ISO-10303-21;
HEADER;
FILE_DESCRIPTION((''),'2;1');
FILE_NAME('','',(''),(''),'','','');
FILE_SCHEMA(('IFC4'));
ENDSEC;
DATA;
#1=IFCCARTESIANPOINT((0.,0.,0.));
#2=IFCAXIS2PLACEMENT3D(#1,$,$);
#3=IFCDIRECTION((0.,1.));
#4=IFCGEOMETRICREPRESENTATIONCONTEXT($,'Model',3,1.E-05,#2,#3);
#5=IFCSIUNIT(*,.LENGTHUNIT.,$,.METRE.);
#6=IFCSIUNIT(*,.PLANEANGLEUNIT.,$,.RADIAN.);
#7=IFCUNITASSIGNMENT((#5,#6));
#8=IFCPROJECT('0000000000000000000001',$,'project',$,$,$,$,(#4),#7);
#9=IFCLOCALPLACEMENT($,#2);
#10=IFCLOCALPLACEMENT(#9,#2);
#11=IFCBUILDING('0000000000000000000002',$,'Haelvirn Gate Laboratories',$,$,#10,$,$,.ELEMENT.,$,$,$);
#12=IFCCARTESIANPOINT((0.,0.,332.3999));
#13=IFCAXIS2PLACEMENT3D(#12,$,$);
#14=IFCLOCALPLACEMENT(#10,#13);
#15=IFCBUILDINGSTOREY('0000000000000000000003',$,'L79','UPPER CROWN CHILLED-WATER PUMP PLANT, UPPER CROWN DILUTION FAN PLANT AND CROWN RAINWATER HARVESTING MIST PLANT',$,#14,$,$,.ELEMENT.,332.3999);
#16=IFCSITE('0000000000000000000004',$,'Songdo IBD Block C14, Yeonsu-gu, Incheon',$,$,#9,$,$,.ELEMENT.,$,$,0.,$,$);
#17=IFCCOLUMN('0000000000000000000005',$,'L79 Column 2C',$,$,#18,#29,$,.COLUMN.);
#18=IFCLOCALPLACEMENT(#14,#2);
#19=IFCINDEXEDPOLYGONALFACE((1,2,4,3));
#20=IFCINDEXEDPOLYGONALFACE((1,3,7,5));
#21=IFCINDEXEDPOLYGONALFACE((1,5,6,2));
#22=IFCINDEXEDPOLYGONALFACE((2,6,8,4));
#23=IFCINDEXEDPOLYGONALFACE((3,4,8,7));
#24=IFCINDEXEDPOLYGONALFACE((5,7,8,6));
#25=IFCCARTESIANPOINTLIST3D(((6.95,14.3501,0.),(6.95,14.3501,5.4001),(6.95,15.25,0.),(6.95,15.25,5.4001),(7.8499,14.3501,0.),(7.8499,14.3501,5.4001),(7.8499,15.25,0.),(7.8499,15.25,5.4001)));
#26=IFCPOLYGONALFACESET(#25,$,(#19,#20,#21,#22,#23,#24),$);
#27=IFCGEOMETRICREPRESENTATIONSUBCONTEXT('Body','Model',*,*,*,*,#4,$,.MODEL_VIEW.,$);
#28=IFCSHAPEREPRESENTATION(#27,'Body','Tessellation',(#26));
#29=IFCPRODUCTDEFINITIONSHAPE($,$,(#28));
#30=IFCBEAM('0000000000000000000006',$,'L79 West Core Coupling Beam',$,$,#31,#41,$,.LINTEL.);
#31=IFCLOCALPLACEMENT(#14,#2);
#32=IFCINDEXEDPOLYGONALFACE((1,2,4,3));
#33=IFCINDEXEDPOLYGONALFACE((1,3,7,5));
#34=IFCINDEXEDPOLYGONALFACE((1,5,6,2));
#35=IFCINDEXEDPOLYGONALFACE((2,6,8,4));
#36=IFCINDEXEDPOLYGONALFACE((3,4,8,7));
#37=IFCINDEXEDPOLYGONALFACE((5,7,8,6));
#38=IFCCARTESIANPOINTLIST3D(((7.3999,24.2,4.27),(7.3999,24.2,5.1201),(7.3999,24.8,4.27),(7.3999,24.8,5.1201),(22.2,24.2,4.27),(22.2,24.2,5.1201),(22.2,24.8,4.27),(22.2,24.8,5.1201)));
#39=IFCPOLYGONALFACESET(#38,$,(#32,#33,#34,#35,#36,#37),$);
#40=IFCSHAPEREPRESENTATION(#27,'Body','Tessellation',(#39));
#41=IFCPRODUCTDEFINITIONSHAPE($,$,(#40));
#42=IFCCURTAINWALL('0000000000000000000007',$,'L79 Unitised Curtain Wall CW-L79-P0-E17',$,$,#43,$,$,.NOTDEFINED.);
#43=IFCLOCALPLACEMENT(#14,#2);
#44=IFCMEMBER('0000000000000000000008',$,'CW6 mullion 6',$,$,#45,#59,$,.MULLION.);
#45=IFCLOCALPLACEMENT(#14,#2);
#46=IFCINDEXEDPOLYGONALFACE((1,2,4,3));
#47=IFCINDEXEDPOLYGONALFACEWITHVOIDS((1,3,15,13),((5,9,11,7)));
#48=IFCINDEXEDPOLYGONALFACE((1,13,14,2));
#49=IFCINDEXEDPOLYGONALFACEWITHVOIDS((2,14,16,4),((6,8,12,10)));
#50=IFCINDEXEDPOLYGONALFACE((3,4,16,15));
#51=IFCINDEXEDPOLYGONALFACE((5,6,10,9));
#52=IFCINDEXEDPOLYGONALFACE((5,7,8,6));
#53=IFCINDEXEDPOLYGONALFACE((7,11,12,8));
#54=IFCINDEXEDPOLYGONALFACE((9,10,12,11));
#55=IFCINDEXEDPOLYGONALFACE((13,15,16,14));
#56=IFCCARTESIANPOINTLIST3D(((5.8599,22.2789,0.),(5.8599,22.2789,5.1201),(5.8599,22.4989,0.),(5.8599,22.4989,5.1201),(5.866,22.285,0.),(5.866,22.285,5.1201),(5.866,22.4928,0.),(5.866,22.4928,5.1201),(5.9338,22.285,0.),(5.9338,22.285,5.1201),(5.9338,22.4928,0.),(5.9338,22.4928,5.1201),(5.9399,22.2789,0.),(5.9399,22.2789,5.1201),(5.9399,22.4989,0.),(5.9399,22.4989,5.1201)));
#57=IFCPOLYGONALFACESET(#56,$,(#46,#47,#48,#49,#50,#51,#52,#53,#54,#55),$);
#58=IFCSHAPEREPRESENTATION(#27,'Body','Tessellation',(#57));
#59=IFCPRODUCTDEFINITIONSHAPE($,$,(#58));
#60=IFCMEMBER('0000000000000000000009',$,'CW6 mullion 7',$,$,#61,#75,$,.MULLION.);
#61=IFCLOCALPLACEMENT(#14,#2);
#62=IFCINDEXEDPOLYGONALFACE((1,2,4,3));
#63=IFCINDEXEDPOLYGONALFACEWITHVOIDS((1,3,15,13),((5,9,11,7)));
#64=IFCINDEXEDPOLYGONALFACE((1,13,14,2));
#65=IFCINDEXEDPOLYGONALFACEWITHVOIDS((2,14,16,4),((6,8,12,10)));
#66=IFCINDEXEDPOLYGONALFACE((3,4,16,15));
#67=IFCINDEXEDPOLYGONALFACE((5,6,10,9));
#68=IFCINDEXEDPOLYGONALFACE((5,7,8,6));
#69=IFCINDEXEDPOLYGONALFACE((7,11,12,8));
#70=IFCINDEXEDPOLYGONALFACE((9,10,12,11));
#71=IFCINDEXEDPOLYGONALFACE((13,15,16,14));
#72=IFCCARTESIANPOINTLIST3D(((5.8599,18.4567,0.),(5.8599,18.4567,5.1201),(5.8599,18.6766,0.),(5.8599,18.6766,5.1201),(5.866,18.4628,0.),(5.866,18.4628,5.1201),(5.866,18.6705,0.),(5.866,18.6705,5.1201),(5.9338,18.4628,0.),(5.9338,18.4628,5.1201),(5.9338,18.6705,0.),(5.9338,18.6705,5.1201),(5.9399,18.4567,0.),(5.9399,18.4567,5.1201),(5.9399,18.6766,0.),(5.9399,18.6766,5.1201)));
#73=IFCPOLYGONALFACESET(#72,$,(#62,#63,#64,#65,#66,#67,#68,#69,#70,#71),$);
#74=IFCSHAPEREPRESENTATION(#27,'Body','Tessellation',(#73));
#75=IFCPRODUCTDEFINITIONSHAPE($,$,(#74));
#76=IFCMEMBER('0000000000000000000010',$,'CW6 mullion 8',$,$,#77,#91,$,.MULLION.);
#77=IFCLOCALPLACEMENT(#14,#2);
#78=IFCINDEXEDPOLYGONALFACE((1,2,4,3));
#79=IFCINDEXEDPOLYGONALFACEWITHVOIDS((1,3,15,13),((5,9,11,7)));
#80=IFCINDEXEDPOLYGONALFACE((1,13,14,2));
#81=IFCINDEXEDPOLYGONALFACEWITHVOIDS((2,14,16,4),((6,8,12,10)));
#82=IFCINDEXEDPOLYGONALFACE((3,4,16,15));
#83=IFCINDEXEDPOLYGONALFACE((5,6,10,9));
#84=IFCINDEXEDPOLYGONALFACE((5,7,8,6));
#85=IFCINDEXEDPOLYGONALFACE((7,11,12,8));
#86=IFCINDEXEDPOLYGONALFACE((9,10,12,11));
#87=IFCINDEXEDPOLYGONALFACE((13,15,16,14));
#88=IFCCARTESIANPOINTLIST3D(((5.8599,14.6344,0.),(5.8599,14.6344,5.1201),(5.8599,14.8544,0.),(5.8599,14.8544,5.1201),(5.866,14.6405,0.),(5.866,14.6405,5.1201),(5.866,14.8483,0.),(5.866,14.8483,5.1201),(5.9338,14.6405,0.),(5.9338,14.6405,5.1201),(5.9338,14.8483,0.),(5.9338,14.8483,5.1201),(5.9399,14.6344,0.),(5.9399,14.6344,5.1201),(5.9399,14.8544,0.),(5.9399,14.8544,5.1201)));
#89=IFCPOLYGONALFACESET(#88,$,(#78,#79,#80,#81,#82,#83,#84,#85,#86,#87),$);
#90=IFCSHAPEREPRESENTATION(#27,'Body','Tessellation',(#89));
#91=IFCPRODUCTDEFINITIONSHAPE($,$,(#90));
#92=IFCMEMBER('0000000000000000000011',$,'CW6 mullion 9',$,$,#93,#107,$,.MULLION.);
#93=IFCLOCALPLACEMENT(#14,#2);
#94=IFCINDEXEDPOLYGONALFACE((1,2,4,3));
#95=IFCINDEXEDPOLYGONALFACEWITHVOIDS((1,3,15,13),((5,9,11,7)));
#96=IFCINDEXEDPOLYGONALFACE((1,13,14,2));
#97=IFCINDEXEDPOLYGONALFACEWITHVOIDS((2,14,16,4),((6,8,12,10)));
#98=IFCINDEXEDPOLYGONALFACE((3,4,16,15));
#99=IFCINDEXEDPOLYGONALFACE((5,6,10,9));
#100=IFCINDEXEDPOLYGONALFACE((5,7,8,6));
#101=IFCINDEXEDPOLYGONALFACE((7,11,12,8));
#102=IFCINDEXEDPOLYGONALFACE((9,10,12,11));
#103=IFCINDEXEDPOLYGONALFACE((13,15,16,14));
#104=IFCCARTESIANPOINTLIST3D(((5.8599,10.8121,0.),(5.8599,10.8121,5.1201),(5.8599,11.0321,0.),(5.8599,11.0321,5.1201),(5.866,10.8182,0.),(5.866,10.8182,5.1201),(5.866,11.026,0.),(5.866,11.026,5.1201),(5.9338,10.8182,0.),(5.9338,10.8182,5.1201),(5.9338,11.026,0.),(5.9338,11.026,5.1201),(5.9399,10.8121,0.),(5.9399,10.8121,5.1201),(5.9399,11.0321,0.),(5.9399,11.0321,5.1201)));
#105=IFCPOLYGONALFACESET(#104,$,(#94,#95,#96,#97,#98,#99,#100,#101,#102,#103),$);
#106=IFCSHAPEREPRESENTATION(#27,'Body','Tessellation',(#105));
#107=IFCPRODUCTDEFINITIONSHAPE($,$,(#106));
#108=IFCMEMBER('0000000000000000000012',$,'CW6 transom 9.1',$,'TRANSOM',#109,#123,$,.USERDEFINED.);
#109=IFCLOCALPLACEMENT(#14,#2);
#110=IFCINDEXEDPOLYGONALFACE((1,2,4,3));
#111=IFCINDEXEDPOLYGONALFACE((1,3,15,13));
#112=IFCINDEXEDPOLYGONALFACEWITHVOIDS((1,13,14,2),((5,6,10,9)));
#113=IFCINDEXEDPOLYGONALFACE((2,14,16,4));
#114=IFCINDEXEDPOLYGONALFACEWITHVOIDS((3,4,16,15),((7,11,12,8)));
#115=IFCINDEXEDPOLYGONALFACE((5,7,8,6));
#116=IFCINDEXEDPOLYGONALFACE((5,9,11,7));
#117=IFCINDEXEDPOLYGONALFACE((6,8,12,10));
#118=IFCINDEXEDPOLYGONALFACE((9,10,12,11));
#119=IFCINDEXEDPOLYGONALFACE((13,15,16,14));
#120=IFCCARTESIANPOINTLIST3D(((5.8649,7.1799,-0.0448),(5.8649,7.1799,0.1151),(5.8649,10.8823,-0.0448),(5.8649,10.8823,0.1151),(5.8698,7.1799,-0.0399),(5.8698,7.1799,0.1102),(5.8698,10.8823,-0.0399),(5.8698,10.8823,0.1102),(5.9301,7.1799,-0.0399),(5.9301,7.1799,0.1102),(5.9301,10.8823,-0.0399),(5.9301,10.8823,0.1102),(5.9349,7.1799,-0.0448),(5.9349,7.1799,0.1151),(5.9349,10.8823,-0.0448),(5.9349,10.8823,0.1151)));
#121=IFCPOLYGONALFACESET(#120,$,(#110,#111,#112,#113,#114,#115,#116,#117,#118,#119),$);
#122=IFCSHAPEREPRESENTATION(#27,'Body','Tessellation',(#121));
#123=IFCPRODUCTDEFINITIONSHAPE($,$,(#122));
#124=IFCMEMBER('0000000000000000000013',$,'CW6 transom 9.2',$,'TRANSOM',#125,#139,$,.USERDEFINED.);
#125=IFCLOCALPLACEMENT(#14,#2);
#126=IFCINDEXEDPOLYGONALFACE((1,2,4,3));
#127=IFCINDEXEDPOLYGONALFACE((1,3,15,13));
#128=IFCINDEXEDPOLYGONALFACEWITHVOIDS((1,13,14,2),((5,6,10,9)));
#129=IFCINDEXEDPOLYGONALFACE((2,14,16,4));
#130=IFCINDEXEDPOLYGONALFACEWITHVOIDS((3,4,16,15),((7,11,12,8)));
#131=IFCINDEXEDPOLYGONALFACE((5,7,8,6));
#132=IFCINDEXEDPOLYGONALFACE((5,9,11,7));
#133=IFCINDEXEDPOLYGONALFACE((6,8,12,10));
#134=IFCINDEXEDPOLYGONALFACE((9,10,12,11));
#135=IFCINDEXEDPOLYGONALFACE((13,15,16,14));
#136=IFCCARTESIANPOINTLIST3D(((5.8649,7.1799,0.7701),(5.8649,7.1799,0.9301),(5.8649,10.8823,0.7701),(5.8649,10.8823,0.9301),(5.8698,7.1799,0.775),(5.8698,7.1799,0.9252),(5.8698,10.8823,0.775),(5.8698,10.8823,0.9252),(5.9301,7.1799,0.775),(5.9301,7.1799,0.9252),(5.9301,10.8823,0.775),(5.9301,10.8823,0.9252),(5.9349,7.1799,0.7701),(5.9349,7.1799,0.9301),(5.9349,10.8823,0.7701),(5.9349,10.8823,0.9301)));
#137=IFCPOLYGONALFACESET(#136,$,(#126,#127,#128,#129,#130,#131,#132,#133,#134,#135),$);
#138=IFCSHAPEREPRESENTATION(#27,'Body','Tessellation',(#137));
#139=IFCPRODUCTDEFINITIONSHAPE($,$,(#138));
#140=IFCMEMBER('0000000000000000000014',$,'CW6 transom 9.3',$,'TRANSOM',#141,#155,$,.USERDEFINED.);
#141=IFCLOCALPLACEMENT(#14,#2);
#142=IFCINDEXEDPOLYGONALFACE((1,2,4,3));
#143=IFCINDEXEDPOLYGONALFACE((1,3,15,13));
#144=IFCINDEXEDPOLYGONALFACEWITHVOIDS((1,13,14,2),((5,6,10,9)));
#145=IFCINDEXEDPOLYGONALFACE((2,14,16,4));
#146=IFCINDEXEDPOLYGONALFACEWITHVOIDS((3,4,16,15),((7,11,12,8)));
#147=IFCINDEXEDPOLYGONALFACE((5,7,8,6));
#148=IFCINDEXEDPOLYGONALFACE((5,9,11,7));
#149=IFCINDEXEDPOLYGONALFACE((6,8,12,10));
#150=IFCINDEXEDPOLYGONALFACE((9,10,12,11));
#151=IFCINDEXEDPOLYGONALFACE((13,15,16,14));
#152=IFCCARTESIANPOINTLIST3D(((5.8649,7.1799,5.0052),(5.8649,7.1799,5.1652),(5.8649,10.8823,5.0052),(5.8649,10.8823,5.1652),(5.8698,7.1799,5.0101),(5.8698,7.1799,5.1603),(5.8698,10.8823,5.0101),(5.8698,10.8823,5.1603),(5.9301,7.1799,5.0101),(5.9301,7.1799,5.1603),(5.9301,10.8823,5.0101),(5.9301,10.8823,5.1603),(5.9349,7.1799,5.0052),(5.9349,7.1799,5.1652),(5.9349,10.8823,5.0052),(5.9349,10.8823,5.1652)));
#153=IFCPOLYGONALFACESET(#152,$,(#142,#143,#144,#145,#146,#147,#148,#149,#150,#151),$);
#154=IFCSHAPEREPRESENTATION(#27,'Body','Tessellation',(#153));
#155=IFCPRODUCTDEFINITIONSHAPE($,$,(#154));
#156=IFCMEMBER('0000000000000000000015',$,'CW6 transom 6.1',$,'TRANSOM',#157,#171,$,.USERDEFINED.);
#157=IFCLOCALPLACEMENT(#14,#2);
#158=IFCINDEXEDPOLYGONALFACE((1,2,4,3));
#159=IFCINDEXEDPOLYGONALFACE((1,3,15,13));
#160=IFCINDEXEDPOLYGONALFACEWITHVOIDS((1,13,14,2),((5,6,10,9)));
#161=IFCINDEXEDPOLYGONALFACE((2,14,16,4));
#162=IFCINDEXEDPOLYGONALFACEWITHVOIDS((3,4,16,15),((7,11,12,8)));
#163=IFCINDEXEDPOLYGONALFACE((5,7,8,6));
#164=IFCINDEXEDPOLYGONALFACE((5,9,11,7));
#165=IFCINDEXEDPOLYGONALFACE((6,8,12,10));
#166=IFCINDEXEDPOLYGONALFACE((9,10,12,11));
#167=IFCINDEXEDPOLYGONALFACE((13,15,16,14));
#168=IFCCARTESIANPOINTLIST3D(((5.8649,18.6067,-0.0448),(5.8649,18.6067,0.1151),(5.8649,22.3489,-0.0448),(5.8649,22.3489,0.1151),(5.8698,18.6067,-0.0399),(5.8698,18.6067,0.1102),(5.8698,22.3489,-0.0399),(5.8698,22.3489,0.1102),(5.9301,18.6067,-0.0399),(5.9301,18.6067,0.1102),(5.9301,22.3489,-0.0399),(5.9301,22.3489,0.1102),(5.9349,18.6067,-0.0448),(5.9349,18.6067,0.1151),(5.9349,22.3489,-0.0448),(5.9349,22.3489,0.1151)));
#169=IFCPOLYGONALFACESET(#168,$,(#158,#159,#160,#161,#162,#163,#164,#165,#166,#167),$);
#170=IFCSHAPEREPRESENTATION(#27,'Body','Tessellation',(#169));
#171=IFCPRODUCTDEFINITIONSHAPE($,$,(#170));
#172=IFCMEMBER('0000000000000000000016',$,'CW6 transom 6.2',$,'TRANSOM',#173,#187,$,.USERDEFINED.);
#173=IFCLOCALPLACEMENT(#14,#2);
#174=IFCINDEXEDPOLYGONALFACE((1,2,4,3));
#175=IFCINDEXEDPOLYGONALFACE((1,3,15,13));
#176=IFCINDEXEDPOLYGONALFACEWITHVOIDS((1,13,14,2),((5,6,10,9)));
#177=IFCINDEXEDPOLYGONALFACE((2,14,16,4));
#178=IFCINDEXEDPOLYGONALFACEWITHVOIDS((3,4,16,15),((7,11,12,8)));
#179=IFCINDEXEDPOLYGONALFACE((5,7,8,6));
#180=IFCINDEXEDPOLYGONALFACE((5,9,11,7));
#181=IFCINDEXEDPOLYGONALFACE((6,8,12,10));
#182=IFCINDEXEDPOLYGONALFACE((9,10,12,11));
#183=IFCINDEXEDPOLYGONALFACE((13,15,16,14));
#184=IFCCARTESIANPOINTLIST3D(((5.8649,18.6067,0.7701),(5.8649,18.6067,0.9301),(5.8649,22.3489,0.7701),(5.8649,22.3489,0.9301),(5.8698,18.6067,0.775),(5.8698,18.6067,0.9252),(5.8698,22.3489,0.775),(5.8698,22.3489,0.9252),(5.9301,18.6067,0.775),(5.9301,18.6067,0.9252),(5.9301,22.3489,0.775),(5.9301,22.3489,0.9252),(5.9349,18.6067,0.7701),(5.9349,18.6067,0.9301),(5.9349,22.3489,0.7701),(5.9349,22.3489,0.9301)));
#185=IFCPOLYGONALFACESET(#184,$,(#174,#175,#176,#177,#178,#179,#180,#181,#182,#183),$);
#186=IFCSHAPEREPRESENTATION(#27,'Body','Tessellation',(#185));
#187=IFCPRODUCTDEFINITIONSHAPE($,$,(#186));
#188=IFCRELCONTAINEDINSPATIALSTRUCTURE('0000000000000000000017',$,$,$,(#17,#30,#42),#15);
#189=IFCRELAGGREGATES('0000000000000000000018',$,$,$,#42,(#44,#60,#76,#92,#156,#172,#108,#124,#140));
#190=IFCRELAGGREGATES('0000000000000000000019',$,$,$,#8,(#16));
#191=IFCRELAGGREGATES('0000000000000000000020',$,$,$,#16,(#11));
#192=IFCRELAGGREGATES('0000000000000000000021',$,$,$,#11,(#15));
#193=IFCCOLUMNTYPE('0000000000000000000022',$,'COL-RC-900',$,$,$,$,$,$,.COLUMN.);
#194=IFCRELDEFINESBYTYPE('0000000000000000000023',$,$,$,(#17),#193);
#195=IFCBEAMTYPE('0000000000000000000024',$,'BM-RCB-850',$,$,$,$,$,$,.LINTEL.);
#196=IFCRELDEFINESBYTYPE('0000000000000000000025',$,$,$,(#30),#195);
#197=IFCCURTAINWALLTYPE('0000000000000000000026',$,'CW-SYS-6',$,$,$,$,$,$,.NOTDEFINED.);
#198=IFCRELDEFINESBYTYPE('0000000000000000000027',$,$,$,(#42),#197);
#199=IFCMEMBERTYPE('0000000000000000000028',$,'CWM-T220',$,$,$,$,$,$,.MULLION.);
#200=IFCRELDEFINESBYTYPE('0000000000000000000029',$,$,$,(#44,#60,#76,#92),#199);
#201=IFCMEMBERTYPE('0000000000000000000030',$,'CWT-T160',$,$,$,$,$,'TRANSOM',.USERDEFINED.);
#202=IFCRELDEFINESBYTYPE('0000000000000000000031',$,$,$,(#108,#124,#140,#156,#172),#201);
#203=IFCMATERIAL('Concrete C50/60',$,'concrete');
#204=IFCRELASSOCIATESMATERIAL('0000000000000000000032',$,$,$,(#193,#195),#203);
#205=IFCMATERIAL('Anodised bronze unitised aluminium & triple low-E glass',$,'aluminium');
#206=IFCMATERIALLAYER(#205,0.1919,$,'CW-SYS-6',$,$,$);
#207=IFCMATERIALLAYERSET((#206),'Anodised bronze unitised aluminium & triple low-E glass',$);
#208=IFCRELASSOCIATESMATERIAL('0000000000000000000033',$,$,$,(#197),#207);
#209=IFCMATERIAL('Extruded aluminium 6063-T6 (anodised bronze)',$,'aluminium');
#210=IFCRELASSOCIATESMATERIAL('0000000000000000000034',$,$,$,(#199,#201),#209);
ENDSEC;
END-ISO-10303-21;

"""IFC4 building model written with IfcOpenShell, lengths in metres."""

from ifc_helpers import new_model, si_unit, direction, frame, origin, origin_2d, place, context, subcontext, project, spatial, rectangle, hollow_rectangle, extrude, source, transform, mapped, material, layer, layer_set, material_profile, profile_set, type_object, type_shapes, element, aggregate, save


model = new_model("IFC4")

# Units and contexts
model_context = context("Model", 3, precision=1e-05, world=origin(), true_north=direction((0.0, 1.0)))
body_context = subcontext(model_context, "Body", "Model", "MODEL_VIEW")
ifc_project = project(units=[si_unit("LENGTHUNIT", "METRE"), si_unit("PLANEANGLEUNIT", "RADIAN")], contexts=[model_context])

# Site, building, storey
site_placement = place(None, origin())
site = spatial("IfcSite", under=ifc_project, at=site_placement, Name="Songdo IBD Block C14, Yeonsu-gu, Incheon", CompositionType="ELEMENT", RefElevation=0.0)
building_placement = place(site_placement, origin())
building = spatial("IfcBuilding", under=site, at=building_placement, Name="Haelvirn Gate Laboratories", CompositionType="ELEMENT")
storey_placement = place(building_placement, frame((0.0, 0.0, 332.3999)))
storey = spatial("IfcBuildingStorey", under=building, at=storey_placement, Name="L79", Description="UPPER CROWN CHILLED-WATER PUMP PLANT, UPPER CROWN DILUTION FAN PLANT AND CROWN RAINWATER HARVESTING MIST PLANT", CompositionType="ELEMENT", Elevation=332.3999)

# Column
ifc_material_1 = material(Name="Concrete C50/60", Category="concrete")
ifc_material_profile_1 = material_profile(ifc_material_1, rectangle(XDim=0.8999, YDim=0.8999, at=origin_2d()), Name="RC-900x900")
ifc_profile_set_1 = profile_set([ifc_material_profile_1], Name="Concrete C50/60")
column_type = type_object("IfcColumnType", Name="COL-RC-900", PredefinedType="COLUMN", material=ifc_profile_set_1)
shared_shape_1 = source(origin(), body_context, "Body", "SweptSolid", [
    extrude(rectangle(XDim=0.8999, YDim=0.8999, at=origin_2d()), origin(), (0.0, 0.0, 1.0), 5.4001),
])
type_shapes(column_type, [shared_shape_1])
column_placement = place(storey_placement, frame((7.3999, 14.8, 0.0), z_axis=(0.0, 0.0, 1.0), x_axis=(1.0, 0.0, 0.0)))
element("IfcColumn", 1, at=column_placement, inside=storey, type_object=column_type, Name="L79 Column 2C", PredefinedType="COLUMN", context=body_context, shape_type="MappedRepresentation", body=[
    mapped(shared_shape_1, transform((0.0, 0.0, 0.0), scale=1.0)),
])

# Beam
ifc_material_profile_2 = material_profile(ifc_material_1, rectangle(XDim=0.6001, YDim=0.8501, at=origin_2d()), Name="RCB-600x850")
ifc_profile_set_2 = profile_set([ifc_material_profile_2], Name="Concrete C50/60")
beam_type = type_object("IfcBeamType", Name="BM-RCB-850", PredefinedType="LINTEL", material=ifc_profile_set_2)
shared_shape_2 = source(origin(), body_context, "Body", "SweptSolid", [
    extrude(rectangle(XDim=0.6001, YDim=0.8501, at=origin_2d()), origin(), (0.0, 0.0, 1.0), 14.8),
])
type_shapes(beam_type, [shared_shape_2])
beam_placement = place(storey_placement, frame((7.3999, 24.5, 4.6951), z_axis=(1.0, 0.0, 0.0), x_axis=(0.0, 1.0, 0.0)))
element("IfcBeam", 2, at=beam_placement, inside=storey, type_object=beam_type, Name="L79 West Core Coupling Beam", PredefinedType="LINTEL", context=body_context, shape_type="MappedRepresentation", body=[
    mapped(shared_shape_2, transform((0.0, 0.0, 0.0), scale=1.0)),
])

# Curtain wall, members
ifc_material_2 = material(Name="Anodised bronze unitised aluminium & triple low-E glass", Category="aluminium")
ifc_layer_1 = layer(ifc_material_2, 0.1919, Name="CW-SYS-6")
ifc_layer_set_1 = layer_set([ifc_layer_1], Name="Anodised bronze unitised aluminium & triple low-E glass")
curtain_wall_type = type_object("IfcCurtainWallType", Name="CW-SYS-6", PredefinedType="NOTDEFINED", material=ifc_layer_set_1)
curtain_wall_placement = place(storey_placement, origin())
curtain_wall = element("IfcCurtainWall", 3, at=curtain_wall_placement, inside=storey, type_object=curtain_wall_type, Name="L79 Unitised Curtain Wall CW-L79-P0-E17", PredefinedType="NOTDEFINED")
ifc_material_3 = material(Name="Extruded aluminium 6063-T6 (anodised bronze)", Category="aluminium")
ifc_material_profile_3 = material_profile(ifc_material_3, hollow_rectangle(XDim=0.0801, YDim=0.22, WallThickness=0.0061, at=origin_2d()), Name="CWM-220x80x6")
ifc_profile_set_3 = profile_set([ifc_material_profile_3], Name="Extruded aluminium 6063-T6 (anodised bronze)")
member_type_1 = type_object("IfcMemberType", Name="CWM-T220", PredefinedType="MULLION", material=ifc_profile_set_3)
shared_shape_3 = source(origin(), body_context, "Body", "SweptSolid", [
    extrude(hollow_rectangle(XDim=0.0801, YDim=0.22, WallThickness=0.0061, at=origin_2d()), origin(), (0.0, 0.0, 1.0), 5.1201),
])
type_shapes(member_type_1, [shared_shape_3])
member_1_placement = place(storey_placement, frame((5.8999, 22.3889, 0.0), z_axis=(0.0, 0.0, 1.0), x_axis=(1.0, 0.0, 0.0)))
member_1 = element("IfcMember", 4, at=member_1_placement, type_object=member_type_1, Name="CW6 mullion 6", PredefinedType="MULLION", context=body_context, shape_type="MappedRepresentation", body=[
    mapped(shared_shape_3, transform((0.0, 0.0, 0.0), scale=1.0)),
])
member_2_placement = place(storey_placement, frame((5.8999, 18.5667, 0.0), z_axis=(0.0, 0.0, 1.0), x_axis=(1.0, 0.0, 0.0)))
member_2 = element("IfcMember", 5, at=member_2_placement, type_object=member_type_1, Name="CW6 mullion 7", PredefinedType="MULLION", context=body_context, shape_type="MappedRepresentation", body=[
    mapped(shared_shape_3, transform((0.0, 0.0, 0.0), scale=1.0)),
])
member_3_placement = place(storey_placement, frame((5.8999, 14.7444, 0.0), z_axis=(0.0, 0.0, 1.0), x_axis=(1.0, 0.0, 0.0)))
member_3 = element("IfcMember", 6, at=member_3_placement, type_object=member_type_1, Name="CW6 mullion 8", PredefinedType="MULLION", context=body_context, shape_type="MappedRepresentation", body=[
    mapped(shared_shape_3, transform((0.0, 0.0, 0.0), scale=1.0)),
])
member_4_placement = place(storey_placement, frame((5.8999, 10.9221, 0.0), z_axis=(0.0, 0.0, 1.0), x_axis=(1.0, 0.0, 0.0)))
member_4 = element("IfcMember", 7, at=member_4_placement, type_object=member_type_1, Name="CW6 mullion 9", PredefinedType="MULLION", context=body_context, shape_type="MappedRepresentation", body=[
    mapped(shared_shape_3, transform((0.0, 0.0, 0.0), scale=1.0)),
])
ifc_material_profile_4 = material_profile(ifc_material_3, hollow_rectangle(XDim=0.0701, YDim=0.1599, WallThickness=0.0049, at=origin_2d()), Name="CWT-160x70x5")
ifc_profile_set_4 = profile_set([ifc_material_profile_4], Name="Extruded aluminium 6063-T6 (anodised bronze)")
member_type_2 = type_object("IfcMemberType", Name="CWT-T160", ElementType="TRANSOM", PredefinedType="USERDEFINED", material=ifc_profile_set_4)
shared_shape_4 = source(origin(), body_context, "Body", "SweptSolid", [
    extrude(hollow_rectangle(XDim=0.0701, YDim=0.1599, WallThickness=0.0049, at=origin_2d()), origin(), (0.0, 0.0, 1.0), 3.7024),
])
member_5_placement = place(storey_placement, frame((5.8999, 10.8823, 0.0352), z_axis=(0.0, -1.0, 0.0), x_axis=(1.0, 0.0, 0.0)))
member_5 = element("IfcMember", 8, at=member_5_placement, type_object=member_type_2, Name="CW6 transom 9.1", ObjectType="TRANSOM", PredefinedType="USERDEFINED", context=body_context, shape_type="MappedRepresentation", body=[
    mapped(shared_shape_4, transform((0.0, 0.0, 0.0), scale=1.0)),
])
member_6_placement = place(storey_placement, frame((5.8999, 10.8823, 0.8501), z_axis=(0.0, -1.0, 0.0), x_axis=(1.0, 0.0, 0.0)))
member_6 = element("IfcMember", 9, at=member_6_placement, type_object=member_type_2, Name="CW6 transom 9.2", ObjectType="TRANSOM", PredefinedType="USERDEFINED", context=body_context, shape_type="MappedRepresentation", body=[
    mapped(shared_shape_4, transform((0.0, 0.0, 0.0), scale=1.0)),
])
member_7_placement = place(storey_placement, frame((5.8999, 10.8823, 5.0852), z_axis=(0.0, -1.0, 0.0), x_axis=(1.0, 0.0, 0.0)))
member_7 = element("IfcMember", 10, at=member_7_placement, type_object=member_type_2, Name="CW6 transom 9.3", ObjectType="TRANSOM", PredefinedType="USERDEFINED", context=body_context, shape_type="MappedRepresentation", body=[
    mapped(shared_shape_4, transform((0.0, 0.0, 0.0), scale=1.0)),
])
shared_shape_5 = source(origin(), body_context, "Body", "SweptSolid", [
    extrude(hollow_rectangle(XDim=0.0701, YDim=0.1599, WallThickness=0.0049, at=origin_2d()), origin(), (0.0, 0.0, 1.0), 3.7422),
])
type_shapes(member_type_2, [shared_shape_4, shared_shape_5])
member_8_placement = place(storey_placement, frame((5.8999, 22.3489, 0.0352), z_axis=(0.0, -1.0, 0.0), x_axis=(1.0, 0.0, 0.0)))
member_8 = element("IfcMember", 11, at=member_8_placement, type_object=member_type_2, Name="CW6 transom 6.1", ObjectType="TRANSOM", PredefinedType="USERDEFINED", context=body_context, shape_type="MappedRepresentation", body=[
    mapped(shared_shape_5, transform((0.0, 0.0, 0.0), scale=1.0)),
])
member_9_placement = place(storey_placement, frame((5.8999, 22.3489, 0.8501), z_axis=(0.0, -1.0, 0.0), x_axis=(1.0, 0.0, 0.0)))
member_9 = element("IfcMember", 12, at=member_9_placement, type_object=member_type_2, Name="CW6 transom 6.2", ObjectType="TRANSOM", PredefinedType="USERDEFINED", context=body_context, shape_type="MappedRepresentation", body=[
    mapped(shared_shape_5, transform((0.0, 0.0, 0.0), scale=1.0)),
])
aggregate(curtain_wall, [member_1, member_2, member_3, member_4, member_8, member_9, member_5, member_6, member_7])

save(model, "model.ifc")
